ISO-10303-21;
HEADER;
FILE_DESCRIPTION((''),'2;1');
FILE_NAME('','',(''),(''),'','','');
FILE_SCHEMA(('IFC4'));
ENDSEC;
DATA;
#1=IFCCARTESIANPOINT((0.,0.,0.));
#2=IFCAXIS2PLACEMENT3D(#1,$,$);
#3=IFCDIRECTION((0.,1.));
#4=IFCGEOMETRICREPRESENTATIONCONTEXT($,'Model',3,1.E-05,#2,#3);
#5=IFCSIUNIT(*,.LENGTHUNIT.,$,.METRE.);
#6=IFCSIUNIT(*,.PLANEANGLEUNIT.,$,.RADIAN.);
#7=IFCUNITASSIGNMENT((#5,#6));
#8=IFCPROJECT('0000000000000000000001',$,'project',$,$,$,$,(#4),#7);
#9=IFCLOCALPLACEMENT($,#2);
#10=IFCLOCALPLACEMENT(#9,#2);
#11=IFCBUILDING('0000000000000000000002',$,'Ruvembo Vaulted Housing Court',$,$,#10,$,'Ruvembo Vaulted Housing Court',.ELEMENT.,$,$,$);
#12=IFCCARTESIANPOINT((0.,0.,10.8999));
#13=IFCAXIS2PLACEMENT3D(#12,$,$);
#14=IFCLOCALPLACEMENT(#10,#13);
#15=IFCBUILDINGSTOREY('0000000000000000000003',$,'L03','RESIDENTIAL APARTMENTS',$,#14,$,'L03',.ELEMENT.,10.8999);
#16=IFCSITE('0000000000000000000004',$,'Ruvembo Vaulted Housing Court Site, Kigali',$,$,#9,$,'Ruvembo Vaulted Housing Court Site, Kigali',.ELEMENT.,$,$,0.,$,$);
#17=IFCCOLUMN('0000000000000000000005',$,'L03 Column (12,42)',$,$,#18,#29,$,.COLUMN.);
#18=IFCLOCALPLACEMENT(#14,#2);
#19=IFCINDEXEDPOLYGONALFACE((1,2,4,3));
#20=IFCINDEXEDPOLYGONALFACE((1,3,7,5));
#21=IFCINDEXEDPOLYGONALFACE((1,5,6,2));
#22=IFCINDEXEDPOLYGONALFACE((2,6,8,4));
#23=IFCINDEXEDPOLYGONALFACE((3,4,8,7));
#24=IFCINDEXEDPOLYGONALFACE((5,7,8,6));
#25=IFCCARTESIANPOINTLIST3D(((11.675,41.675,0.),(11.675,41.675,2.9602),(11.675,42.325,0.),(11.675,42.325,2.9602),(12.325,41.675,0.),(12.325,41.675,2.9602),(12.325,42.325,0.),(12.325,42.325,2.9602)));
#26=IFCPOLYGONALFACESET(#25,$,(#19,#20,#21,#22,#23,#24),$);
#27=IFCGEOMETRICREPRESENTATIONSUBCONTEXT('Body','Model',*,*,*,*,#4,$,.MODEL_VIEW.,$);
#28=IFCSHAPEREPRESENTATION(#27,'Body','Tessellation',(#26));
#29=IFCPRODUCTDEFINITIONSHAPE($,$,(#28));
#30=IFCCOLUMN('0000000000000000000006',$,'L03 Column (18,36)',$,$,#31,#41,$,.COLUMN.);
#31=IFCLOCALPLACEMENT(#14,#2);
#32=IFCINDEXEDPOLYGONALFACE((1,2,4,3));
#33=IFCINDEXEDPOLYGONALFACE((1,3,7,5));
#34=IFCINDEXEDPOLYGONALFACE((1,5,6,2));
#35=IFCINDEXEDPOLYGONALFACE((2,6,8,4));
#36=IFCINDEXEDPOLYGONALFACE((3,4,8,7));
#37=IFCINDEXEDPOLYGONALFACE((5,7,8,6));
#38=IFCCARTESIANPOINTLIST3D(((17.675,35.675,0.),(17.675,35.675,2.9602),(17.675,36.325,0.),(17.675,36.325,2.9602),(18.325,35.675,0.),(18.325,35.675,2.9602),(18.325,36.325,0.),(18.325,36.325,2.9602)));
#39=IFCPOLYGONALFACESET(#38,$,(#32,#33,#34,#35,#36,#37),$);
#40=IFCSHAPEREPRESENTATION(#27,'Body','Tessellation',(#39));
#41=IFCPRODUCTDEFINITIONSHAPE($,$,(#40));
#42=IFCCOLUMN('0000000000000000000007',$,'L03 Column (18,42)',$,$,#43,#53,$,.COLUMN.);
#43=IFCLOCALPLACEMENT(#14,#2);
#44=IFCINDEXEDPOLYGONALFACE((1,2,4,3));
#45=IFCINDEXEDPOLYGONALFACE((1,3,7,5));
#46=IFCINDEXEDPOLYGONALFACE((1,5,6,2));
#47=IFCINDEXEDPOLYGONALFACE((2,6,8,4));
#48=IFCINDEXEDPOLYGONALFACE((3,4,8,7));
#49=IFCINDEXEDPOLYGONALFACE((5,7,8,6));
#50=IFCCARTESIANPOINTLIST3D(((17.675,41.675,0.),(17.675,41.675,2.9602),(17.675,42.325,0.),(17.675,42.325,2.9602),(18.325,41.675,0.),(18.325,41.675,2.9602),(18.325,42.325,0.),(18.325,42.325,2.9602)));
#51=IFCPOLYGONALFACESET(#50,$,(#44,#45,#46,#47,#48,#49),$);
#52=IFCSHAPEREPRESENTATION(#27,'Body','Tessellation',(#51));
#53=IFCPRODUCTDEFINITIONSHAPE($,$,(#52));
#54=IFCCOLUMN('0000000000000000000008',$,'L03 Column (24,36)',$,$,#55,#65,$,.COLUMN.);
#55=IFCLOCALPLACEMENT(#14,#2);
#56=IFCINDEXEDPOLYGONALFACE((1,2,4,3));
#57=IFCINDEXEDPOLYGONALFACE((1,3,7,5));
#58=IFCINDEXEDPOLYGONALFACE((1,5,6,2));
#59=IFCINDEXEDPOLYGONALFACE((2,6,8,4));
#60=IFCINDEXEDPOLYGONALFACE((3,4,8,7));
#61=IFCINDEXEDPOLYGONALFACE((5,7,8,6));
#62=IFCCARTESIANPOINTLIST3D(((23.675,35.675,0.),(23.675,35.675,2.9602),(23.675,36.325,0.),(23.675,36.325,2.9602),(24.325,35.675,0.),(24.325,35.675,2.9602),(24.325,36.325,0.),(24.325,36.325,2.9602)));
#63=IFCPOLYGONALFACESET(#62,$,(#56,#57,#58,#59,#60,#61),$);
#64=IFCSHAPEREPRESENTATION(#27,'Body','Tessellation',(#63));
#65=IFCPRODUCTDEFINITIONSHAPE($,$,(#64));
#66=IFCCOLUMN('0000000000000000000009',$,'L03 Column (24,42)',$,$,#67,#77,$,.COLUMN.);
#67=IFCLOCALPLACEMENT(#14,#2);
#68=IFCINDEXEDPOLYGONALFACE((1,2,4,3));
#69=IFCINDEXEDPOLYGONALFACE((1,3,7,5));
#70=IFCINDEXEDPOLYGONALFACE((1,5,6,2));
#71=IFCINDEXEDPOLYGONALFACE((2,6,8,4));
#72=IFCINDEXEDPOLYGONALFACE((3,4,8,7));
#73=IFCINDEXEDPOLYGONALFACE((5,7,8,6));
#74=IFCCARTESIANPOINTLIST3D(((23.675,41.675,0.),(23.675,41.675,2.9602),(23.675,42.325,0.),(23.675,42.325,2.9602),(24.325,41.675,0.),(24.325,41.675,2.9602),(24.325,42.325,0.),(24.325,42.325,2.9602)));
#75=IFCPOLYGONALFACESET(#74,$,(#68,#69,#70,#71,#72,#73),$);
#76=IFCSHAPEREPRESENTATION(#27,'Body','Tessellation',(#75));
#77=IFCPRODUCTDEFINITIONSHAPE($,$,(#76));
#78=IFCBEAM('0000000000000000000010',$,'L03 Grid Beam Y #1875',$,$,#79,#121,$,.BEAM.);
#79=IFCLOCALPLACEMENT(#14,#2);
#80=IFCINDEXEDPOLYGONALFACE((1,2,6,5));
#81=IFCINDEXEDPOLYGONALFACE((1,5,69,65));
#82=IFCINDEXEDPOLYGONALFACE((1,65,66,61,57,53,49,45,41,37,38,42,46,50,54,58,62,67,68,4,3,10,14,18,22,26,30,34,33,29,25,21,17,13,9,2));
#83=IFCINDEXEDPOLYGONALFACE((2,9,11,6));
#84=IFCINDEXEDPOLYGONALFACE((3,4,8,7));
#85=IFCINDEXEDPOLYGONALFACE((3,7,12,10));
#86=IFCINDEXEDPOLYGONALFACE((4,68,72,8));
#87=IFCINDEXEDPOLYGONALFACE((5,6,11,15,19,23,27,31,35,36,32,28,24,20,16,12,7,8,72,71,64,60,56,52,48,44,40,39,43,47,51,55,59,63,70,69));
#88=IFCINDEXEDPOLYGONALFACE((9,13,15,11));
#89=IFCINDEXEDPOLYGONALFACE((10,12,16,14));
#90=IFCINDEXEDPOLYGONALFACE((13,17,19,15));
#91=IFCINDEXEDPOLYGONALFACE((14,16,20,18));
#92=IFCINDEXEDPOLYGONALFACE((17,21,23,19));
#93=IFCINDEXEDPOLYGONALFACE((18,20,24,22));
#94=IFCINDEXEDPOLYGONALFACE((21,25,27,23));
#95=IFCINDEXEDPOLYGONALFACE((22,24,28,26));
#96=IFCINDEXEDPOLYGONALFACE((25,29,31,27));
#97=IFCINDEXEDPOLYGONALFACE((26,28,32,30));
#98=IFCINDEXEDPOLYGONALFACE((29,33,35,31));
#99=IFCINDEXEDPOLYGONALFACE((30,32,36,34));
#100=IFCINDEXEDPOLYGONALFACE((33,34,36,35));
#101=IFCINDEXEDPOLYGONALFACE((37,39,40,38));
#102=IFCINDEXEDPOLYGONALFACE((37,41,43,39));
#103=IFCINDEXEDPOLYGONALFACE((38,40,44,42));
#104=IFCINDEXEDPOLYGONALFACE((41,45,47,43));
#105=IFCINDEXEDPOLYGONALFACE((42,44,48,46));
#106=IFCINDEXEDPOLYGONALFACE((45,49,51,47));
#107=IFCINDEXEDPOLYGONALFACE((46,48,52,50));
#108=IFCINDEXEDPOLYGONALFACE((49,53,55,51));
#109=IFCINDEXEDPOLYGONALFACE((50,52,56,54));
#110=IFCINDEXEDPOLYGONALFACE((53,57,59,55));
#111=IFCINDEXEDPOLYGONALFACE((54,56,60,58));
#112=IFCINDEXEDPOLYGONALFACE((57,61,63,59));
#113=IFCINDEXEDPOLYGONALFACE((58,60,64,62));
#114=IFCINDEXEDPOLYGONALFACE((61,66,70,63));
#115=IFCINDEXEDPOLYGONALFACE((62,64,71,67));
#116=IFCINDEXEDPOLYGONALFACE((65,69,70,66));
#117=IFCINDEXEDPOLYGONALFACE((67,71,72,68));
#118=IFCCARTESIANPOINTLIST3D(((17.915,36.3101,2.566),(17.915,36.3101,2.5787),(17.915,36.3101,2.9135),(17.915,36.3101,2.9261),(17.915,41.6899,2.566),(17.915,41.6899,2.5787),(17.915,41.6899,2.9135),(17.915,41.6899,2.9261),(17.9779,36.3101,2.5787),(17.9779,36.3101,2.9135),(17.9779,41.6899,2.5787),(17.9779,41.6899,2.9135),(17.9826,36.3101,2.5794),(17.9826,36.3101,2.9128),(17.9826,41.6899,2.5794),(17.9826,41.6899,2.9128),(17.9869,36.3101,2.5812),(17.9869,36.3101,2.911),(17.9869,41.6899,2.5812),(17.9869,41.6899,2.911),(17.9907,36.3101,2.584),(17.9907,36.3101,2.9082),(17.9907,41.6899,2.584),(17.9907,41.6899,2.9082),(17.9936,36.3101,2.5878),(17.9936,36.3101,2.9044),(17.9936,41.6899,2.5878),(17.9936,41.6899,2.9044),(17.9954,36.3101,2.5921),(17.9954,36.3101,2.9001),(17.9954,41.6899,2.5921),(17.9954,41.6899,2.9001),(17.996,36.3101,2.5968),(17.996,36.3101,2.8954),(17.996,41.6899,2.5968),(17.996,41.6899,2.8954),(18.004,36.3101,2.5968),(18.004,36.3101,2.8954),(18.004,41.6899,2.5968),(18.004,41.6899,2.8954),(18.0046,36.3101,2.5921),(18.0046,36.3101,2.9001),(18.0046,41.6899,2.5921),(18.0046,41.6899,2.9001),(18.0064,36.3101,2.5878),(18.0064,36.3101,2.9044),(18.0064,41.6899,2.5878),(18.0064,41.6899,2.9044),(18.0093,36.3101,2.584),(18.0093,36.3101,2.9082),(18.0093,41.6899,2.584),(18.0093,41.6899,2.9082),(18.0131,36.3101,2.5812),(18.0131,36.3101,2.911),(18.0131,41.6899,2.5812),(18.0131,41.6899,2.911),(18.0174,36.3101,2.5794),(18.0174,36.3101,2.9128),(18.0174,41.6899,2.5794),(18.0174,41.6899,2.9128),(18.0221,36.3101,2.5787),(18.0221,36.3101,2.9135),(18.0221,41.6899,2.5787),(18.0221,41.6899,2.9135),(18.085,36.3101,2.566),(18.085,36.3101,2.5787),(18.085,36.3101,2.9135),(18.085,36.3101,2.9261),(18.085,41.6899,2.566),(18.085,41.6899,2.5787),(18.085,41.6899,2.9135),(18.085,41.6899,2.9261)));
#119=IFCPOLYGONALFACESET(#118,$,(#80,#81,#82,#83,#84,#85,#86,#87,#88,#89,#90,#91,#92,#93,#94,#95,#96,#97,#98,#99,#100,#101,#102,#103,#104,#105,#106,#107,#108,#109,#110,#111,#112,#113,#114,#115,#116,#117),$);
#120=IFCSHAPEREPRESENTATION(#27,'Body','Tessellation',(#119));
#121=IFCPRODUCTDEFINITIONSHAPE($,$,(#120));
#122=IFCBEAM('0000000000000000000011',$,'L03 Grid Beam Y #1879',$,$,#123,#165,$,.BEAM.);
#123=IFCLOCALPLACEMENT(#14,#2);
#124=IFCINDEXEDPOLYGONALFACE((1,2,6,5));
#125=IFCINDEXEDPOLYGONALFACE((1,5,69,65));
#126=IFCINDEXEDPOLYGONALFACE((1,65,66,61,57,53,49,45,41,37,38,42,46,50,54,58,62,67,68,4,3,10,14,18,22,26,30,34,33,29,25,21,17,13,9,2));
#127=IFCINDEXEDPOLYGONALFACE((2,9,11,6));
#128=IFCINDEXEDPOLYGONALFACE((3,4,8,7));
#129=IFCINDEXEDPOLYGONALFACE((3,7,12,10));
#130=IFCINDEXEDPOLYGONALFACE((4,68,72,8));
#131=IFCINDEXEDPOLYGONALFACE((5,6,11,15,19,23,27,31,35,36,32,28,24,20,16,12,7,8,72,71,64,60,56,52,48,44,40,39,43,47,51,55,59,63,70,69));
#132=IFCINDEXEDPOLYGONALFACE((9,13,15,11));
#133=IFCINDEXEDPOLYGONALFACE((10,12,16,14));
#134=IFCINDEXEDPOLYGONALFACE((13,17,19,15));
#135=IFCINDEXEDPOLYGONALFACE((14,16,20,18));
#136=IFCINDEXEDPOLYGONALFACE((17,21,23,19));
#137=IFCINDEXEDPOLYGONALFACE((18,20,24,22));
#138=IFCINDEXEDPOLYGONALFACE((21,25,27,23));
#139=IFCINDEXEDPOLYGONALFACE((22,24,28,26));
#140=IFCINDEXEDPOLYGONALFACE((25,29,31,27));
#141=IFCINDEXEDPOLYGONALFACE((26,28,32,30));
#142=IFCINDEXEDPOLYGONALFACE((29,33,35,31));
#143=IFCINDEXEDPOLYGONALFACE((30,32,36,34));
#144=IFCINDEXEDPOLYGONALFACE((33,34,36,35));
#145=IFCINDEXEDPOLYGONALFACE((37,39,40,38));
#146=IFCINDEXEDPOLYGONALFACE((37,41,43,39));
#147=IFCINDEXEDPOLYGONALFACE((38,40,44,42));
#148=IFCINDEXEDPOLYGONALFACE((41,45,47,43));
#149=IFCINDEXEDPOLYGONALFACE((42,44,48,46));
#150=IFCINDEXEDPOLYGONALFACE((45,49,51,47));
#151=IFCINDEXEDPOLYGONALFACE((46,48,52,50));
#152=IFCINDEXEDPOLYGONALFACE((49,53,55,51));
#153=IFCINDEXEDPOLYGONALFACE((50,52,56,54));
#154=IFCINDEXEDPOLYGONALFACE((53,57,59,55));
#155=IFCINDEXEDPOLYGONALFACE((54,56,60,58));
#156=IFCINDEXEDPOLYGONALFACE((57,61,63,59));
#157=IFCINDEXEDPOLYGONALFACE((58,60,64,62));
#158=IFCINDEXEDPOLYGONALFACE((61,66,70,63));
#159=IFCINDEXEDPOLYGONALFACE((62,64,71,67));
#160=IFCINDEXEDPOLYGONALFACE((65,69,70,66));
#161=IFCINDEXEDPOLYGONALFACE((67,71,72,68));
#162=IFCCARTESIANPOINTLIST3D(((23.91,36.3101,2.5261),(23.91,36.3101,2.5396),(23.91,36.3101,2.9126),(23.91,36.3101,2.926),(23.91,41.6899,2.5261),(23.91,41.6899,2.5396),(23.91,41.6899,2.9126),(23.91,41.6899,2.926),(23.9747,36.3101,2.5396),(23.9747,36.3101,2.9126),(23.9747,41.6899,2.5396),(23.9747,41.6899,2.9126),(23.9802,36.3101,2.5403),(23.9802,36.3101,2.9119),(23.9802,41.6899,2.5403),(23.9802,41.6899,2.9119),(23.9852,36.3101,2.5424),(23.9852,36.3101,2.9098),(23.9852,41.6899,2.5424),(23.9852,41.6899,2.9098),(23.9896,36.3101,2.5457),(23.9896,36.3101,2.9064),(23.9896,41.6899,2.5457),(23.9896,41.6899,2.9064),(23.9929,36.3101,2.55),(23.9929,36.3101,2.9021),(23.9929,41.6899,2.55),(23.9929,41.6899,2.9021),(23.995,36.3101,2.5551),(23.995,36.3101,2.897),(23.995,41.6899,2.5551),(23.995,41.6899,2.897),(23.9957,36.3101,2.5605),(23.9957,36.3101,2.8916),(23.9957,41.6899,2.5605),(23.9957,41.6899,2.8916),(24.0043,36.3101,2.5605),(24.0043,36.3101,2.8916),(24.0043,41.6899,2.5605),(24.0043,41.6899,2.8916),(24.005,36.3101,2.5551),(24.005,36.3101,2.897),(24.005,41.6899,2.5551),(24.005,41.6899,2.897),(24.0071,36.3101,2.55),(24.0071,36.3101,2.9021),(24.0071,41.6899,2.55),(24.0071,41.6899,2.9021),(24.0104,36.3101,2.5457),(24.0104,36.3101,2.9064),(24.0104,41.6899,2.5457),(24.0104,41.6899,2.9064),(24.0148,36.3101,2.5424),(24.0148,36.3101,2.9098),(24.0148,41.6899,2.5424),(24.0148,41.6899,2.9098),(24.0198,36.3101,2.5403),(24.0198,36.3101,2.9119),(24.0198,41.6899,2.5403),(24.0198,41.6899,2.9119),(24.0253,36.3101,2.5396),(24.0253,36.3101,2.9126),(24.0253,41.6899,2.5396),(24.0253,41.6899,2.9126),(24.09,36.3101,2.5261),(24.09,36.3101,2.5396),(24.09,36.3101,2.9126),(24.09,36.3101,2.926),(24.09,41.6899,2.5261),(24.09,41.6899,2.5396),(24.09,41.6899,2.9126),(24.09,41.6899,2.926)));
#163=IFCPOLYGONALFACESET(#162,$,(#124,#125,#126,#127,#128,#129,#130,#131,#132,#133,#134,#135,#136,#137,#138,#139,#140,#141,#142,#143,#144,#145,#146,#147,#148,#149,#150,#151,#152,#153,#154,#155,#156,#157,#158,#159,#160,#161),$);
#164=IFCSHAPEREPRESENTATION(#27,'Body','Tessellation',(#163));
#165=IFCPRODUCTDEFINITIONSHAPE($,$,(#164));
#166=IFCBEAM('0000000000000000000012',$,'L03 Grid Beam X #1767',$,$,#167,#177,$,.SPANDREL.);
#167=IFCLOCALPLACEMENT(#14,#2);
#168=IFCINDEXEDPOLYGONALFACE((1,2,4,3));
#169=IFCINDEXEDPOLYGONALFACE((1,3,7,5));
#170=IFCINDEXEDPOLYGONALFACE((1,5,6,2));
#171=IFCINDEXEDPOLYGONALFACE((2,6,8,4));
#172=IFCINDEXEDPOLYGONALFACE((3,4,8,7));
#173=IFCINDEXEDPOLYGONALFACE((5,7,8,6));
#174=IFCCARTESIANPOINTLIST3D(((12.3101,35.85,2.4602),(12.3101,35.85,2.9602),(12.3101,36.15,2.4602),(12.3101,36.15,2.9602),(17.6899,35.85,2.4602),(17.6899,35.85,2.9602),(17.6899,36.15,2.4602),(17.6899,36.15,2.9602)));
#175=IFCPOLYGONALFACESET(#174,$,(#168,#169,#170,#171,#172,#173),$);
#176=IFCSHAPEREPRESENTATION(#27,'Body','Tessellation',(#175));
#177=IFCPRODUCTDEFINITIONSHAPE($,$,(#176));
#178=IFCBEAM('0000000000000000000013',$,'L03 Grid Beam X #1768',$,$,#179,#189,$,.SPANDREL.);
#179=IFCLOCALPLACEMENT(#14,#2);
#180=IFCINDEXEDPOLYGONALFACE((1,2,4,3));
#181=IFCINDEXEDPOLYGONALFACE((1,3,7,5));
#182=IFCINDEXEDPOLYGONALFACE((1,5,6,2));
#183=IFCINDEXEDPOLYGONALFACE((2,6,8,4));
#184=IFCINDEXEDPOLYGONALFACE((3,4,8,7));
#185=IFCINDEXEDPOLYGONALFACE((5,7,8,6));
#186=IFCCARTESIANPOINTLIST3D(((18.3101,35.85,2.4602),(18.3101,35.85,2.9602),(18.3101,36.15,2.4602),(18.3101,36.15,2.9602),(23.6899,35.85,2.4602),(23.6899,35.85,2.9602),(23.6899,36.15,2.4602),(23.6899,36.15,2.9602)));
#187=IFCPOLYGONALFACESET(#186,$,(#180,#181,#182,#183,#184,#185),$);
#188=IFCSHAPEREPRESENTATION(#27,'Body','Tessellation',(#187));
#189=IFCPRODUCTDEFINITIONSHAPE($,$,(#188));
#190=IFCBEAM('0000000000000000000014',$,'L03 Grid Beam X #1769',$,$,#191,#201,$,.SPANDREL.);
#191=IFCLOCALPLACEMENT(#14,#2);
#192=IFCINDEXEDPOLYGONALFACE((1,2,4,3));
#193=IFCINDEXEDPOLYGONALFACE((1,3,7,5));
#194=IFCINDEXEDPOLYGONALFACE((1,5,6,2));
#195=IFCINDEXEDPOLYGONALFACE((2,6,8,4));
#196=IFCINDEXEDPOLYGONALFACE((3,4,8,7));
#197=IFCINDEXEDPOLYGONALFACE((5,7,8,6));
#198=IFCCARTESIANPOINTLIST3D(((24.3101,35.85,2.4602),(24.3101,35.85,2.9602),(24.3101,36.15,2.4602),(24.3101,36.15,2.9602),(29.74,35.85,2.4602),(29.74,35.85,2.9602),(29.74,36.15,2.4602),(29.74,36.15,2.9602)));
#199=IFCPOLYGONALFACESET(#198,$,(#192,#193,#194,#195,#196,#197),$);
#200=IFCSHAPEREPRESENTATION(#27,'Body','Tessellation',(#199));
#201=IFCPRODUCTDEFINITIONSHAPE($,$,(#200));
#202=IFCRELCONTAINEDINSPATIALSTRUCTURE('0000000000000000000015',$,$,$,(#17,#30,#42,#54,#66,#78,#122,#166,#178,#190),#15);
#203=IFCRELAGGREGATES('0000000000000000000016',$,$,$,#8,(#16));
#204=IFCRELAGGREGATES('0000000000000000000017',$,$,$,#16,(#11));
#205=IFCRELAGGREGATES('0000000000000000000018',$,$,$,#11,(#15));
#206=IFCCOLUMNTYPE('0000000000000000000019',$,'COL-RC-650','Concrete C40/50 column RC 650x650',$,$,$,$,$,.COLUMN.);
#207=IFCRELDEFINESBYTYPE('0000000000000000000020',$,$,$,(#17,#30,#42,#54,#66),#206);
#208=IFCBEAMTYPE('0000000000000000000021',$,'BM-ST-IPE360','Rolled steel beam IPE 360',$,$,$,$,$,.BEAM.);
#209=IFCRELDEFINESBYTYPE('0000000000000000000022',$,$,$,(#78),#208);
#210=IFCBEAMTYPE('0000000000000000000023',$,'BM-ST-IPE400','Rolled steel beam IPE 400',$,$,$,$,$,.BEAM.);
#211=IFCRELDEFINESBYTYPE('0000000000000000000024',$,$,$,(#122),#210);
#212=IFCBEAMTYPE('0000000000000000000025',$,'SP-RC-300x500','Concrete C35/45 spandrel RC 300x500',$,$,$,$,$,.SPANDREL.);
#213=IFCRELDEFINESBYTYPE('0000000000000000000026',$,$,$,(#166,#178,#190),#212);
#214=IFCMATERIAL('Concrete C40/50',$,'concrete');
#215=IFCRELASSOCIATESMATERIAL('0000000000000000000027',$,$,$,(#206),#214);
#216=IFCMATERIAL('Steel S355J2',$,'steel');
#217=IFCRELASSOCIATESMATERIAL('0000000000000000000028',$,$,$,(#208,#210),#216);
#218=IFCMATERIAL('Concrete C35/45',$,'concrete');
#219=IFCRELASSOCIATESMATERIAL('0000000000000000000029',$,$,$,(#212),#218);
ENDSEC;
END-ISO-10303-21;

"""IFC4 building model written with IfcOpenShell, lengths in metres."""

from ifc_helpers import new_model, si_unit, direction, frame, origin, origin_2d, place, context, subcontext, project, spatial, rectangle, i_section, extrude, material, material_profile, profile_set, type_object, element, save


model = new_model("IFC4")

# Units and contexts
model_context = context("Model", 3, precision=1e-05, world=origin(), true_north=direction((0.0, 1.0)))
body_context = subcontext(model_context, "Body", "Model", "MODEL_VIEW")
ifc_project = project(units=[si_unit("LENGTHUNIT", "METRE"), si_unit("PLANEANGLEUNIT", "RADIAN")], contexts=[model_context])

# Site, building, storey
site_placement = place(None, origin())
site = spatial("IfcSite", under=ifc_project, at=site_placement, Name="Ruvembo Vaulted Housing Court Site, Kigali", LongName="Ruvembo Vaulted Housing Court Site, Kigali", CompositionType="ELEMENT", RefElevation=0.0)
building_placement = place(site_placement, origin())
building = spatial("IfcBuilding", under=site, at=building_placement, Name="Ruvembo Vaulted Housing Court", LongName="Ruvembo Vaulted Housing Court", CompositionType="ELEMENT")
storey_placement = place(building_placement, frame((0.0, 0.0, 10.8999)))
storey = spatial("IfcBuildingStorey", under=building, at=storey_placement, Name="L03", Description="RESIDENTIAL APARTMENTS", LongName="L03", CompositionType="ELEMENT", Elevation=10.8999)

# Columns
ifc_material_1 = material(Name="Concrete C40/50", Category="concrete")
ifc_material_profile_1 = material_profile(ifc_material_1, rectangle(XDim=0.6499, YDim=0.6499, at=origin_2d()), Name="RC 650x650")
ifc_profile_set_1 = profile_set([ifc_material_profile_1], Name="Concrete C40/50")
column_type = type_object("IfcColumnType", Name="COL-RC-650", Description="Concrete C40/50 column RC 650x650", PredefinedType="COLUMN", material=ifc_profile_set_1)
for number, where, z_axis, x_axis, name in (
    (1, (12.0, 42.0, 0.0), (0.0, 0.0, 1.0), (1.0, 0.0, 0.0), "L03 Column (12,42)"),
    (2, (18.0, 36.0, 0.0), (0.0, 0.0, 1.0), (1.0, 0.0, 0.0), "L03 Column (18,36)"),
    (3, (18.0, 42.0, 0.0), (0.0, 0.0, 1.0), (1.0, 0.0, 0.0), "L03 Column (18,42)"),
    (4, (24.0, 36.0, 0.0), (0.0, 0.0, 1.0), (1.0, 0.0, 0.0), "L03 Column (24,36)"),
    (5, (24.0, 42.0, 0.0), (0.0, 0.0, 1.0), (1.0, 0.0, 0.0), "L03 Column (24,42)"),
):
    element("IfcColumn", number, at=place(storey_placement, frame(where, z_axis=z_axis, x_axis=x_axis)), inside=storey, type_object=column_type, Name=name, PredefinedType="COLUMN", context=body_context, shape_type="SweptSolid", body=[
        extrude(rectangle(XDim=0.6499, YDim=0.6499, at=origin_2d()), origin(), (0.0, 0.0, 1.0), 2.9602),
    ])

# Beams
ifc_material_2 = material(Name="Steel S355J2", Category="steel")
ifc_material_profile_2 = material_profile(ifc_material_2, i_section(OverallWidth=0.1699, OverallDepth=0.3601, WebThickness=0.0081, FlangeThickness=0.0127, FilletRadius=0.0181, at=origin_2d()), Name="IPE 360")
ifc_profile_set_2 = profile_set([ifc_material_profile_2], Name="Steel S355J2")
beam_type_1 = type_object("IfcBeamType", Name="BM-ST-IPE360", Description="Rolled steel beam IPE 360", PredefinedType="BEAM", material=ifc_profile_set_2)
beam_1_placement = place(storey_placement, frame((18.0, 36.3101, 2.7461), z_axis=(0.0, 1.0, 0.0), x_axis=(-1.0, 0.0, 0.0)))
element("IfcBeam", 6, at=beam_1_placement, inside=storey, type_object=beam_type_1, Name="L03 Grid Beam Y #1875", PredefinedType="BEAM", context=body_context, shape_type="SweptSolid", body=[
    extrude(i_section(OverallWidth=0.1699, OverallDepth=0.3601, WebThickness=0.0081, FlangeThickness=0.0127, FilletRadius=0.0181, at=origin_2d()), origin(), (0.0, 0.0, 1.0), 5.3799),
])
ifc_material_profile_3 = material_profile(ifc_material_2, i_section(OverallWidth=0.1799, OverallDepth=0.3999, WebThickness=0.0085, FlangeThickness=0.0134, FilletRadius=0.021, at=origin_2d()), Name="IPE 400")
ifc_profile_set_3 = profile_set([ifc_material_profile_3], Name="Steel S355J2")
beam_type_2 = type_object("IfcBeamType", Name="BM-ST-IPE400", Description="Rolled steel beam IPE 400", PredefinedType="BEAM", material=ifc_profile_set_3)
beam_2_placement = place(storey_placement, frame((24.0, 36.3101, 2.7261), z_axis=(0.0, 1.0, 0.0), x_axis=(-1.0, 0.0, 0.0)))
element("IfcBeam", 7, at=beam_2_placement, inside=storey, type_object=beam_type_2, Name="L03 Grid Beam Y #1879", PredefinedType="BEAM", context=body_context, shape_type="SweptSolid", body=[
    extrude(i_section(OverallWidth=0.1799, OverallDepth=0.3999, WebThickness=0.0085, FlangeThickness=0.0134, FilletRadius=0.021, at=origin_2d()), origin(), (0.0, 0.0, 1.0), 5.3799),
])
ifc_material_3 = material(Name="Concrete C35/45", Category="concrete")
ifc_material_profile_4 = material_profile(ifc_material_3, rectangle(XDim=0.3, YDim=0.5, at=origin_2d()), Name="RC 300x500")
ifc_profile_set_4 = profile_set([ifc_material_profile_4], Name="Concrete C35/45")
beam_type_3 = type_object("IfcBeamType", Name="SP-RC-300x500", Description="Concrete C35/45 spandrel RC 300x500", PredefinedType="SPANDREL", material=ifc_profile_set_4)
for number, where, z_axis, x_axis, name in (
    (8, (12.3101, 36.0, 2.7102), (1.0, 0.0, 0.0), (0.0, 1.0, 0.0), "L03 Grid Beam X #1767"),
    (9, (18.3101, 36.0, 2.7102), (1.0, 0.0, 0.0), (0.0, 1.0, 0.0), "L03 Grid Beam X #1768"),
):
    element("IfcBeam", number, at=place(storey_placement, frame(where, z_axis=z_axis, x_axis=x_axis)), inside=storey, type_object=beam_type_3, Name=name, PredefinedType="SPANDREL", context=body_context, shape_type="SweptSolid", body=[
        extrude(rectangle(XDim=0.3, YDim=0.5, at=origin_2d()), origin(), (0.0, 0.0, 1.0), 5.3799),
    ])
beam_3_placement = place(storey_placement, frame((24.3101, 36.0, 2.7102), z_axis=(1.0, 0.0, 0.0), x_axis=(0.0, 1.0, 0.0)))
element("IfcBeam", 10, at=beam_3_placement, inside=storey, type_object=beam_type_3, Name="L03 Grid Beam X #1769", PredefinedType="SPANDREL", context=body_context, shape_type="SweptSolid", body=[
    extrude(rectangle(XDim=0.3, YDim=0.5, at=origin_2d()), origin(), (0.0, 0.0, 1.0), 5.4299),
])

save(model, "model.ifc")
